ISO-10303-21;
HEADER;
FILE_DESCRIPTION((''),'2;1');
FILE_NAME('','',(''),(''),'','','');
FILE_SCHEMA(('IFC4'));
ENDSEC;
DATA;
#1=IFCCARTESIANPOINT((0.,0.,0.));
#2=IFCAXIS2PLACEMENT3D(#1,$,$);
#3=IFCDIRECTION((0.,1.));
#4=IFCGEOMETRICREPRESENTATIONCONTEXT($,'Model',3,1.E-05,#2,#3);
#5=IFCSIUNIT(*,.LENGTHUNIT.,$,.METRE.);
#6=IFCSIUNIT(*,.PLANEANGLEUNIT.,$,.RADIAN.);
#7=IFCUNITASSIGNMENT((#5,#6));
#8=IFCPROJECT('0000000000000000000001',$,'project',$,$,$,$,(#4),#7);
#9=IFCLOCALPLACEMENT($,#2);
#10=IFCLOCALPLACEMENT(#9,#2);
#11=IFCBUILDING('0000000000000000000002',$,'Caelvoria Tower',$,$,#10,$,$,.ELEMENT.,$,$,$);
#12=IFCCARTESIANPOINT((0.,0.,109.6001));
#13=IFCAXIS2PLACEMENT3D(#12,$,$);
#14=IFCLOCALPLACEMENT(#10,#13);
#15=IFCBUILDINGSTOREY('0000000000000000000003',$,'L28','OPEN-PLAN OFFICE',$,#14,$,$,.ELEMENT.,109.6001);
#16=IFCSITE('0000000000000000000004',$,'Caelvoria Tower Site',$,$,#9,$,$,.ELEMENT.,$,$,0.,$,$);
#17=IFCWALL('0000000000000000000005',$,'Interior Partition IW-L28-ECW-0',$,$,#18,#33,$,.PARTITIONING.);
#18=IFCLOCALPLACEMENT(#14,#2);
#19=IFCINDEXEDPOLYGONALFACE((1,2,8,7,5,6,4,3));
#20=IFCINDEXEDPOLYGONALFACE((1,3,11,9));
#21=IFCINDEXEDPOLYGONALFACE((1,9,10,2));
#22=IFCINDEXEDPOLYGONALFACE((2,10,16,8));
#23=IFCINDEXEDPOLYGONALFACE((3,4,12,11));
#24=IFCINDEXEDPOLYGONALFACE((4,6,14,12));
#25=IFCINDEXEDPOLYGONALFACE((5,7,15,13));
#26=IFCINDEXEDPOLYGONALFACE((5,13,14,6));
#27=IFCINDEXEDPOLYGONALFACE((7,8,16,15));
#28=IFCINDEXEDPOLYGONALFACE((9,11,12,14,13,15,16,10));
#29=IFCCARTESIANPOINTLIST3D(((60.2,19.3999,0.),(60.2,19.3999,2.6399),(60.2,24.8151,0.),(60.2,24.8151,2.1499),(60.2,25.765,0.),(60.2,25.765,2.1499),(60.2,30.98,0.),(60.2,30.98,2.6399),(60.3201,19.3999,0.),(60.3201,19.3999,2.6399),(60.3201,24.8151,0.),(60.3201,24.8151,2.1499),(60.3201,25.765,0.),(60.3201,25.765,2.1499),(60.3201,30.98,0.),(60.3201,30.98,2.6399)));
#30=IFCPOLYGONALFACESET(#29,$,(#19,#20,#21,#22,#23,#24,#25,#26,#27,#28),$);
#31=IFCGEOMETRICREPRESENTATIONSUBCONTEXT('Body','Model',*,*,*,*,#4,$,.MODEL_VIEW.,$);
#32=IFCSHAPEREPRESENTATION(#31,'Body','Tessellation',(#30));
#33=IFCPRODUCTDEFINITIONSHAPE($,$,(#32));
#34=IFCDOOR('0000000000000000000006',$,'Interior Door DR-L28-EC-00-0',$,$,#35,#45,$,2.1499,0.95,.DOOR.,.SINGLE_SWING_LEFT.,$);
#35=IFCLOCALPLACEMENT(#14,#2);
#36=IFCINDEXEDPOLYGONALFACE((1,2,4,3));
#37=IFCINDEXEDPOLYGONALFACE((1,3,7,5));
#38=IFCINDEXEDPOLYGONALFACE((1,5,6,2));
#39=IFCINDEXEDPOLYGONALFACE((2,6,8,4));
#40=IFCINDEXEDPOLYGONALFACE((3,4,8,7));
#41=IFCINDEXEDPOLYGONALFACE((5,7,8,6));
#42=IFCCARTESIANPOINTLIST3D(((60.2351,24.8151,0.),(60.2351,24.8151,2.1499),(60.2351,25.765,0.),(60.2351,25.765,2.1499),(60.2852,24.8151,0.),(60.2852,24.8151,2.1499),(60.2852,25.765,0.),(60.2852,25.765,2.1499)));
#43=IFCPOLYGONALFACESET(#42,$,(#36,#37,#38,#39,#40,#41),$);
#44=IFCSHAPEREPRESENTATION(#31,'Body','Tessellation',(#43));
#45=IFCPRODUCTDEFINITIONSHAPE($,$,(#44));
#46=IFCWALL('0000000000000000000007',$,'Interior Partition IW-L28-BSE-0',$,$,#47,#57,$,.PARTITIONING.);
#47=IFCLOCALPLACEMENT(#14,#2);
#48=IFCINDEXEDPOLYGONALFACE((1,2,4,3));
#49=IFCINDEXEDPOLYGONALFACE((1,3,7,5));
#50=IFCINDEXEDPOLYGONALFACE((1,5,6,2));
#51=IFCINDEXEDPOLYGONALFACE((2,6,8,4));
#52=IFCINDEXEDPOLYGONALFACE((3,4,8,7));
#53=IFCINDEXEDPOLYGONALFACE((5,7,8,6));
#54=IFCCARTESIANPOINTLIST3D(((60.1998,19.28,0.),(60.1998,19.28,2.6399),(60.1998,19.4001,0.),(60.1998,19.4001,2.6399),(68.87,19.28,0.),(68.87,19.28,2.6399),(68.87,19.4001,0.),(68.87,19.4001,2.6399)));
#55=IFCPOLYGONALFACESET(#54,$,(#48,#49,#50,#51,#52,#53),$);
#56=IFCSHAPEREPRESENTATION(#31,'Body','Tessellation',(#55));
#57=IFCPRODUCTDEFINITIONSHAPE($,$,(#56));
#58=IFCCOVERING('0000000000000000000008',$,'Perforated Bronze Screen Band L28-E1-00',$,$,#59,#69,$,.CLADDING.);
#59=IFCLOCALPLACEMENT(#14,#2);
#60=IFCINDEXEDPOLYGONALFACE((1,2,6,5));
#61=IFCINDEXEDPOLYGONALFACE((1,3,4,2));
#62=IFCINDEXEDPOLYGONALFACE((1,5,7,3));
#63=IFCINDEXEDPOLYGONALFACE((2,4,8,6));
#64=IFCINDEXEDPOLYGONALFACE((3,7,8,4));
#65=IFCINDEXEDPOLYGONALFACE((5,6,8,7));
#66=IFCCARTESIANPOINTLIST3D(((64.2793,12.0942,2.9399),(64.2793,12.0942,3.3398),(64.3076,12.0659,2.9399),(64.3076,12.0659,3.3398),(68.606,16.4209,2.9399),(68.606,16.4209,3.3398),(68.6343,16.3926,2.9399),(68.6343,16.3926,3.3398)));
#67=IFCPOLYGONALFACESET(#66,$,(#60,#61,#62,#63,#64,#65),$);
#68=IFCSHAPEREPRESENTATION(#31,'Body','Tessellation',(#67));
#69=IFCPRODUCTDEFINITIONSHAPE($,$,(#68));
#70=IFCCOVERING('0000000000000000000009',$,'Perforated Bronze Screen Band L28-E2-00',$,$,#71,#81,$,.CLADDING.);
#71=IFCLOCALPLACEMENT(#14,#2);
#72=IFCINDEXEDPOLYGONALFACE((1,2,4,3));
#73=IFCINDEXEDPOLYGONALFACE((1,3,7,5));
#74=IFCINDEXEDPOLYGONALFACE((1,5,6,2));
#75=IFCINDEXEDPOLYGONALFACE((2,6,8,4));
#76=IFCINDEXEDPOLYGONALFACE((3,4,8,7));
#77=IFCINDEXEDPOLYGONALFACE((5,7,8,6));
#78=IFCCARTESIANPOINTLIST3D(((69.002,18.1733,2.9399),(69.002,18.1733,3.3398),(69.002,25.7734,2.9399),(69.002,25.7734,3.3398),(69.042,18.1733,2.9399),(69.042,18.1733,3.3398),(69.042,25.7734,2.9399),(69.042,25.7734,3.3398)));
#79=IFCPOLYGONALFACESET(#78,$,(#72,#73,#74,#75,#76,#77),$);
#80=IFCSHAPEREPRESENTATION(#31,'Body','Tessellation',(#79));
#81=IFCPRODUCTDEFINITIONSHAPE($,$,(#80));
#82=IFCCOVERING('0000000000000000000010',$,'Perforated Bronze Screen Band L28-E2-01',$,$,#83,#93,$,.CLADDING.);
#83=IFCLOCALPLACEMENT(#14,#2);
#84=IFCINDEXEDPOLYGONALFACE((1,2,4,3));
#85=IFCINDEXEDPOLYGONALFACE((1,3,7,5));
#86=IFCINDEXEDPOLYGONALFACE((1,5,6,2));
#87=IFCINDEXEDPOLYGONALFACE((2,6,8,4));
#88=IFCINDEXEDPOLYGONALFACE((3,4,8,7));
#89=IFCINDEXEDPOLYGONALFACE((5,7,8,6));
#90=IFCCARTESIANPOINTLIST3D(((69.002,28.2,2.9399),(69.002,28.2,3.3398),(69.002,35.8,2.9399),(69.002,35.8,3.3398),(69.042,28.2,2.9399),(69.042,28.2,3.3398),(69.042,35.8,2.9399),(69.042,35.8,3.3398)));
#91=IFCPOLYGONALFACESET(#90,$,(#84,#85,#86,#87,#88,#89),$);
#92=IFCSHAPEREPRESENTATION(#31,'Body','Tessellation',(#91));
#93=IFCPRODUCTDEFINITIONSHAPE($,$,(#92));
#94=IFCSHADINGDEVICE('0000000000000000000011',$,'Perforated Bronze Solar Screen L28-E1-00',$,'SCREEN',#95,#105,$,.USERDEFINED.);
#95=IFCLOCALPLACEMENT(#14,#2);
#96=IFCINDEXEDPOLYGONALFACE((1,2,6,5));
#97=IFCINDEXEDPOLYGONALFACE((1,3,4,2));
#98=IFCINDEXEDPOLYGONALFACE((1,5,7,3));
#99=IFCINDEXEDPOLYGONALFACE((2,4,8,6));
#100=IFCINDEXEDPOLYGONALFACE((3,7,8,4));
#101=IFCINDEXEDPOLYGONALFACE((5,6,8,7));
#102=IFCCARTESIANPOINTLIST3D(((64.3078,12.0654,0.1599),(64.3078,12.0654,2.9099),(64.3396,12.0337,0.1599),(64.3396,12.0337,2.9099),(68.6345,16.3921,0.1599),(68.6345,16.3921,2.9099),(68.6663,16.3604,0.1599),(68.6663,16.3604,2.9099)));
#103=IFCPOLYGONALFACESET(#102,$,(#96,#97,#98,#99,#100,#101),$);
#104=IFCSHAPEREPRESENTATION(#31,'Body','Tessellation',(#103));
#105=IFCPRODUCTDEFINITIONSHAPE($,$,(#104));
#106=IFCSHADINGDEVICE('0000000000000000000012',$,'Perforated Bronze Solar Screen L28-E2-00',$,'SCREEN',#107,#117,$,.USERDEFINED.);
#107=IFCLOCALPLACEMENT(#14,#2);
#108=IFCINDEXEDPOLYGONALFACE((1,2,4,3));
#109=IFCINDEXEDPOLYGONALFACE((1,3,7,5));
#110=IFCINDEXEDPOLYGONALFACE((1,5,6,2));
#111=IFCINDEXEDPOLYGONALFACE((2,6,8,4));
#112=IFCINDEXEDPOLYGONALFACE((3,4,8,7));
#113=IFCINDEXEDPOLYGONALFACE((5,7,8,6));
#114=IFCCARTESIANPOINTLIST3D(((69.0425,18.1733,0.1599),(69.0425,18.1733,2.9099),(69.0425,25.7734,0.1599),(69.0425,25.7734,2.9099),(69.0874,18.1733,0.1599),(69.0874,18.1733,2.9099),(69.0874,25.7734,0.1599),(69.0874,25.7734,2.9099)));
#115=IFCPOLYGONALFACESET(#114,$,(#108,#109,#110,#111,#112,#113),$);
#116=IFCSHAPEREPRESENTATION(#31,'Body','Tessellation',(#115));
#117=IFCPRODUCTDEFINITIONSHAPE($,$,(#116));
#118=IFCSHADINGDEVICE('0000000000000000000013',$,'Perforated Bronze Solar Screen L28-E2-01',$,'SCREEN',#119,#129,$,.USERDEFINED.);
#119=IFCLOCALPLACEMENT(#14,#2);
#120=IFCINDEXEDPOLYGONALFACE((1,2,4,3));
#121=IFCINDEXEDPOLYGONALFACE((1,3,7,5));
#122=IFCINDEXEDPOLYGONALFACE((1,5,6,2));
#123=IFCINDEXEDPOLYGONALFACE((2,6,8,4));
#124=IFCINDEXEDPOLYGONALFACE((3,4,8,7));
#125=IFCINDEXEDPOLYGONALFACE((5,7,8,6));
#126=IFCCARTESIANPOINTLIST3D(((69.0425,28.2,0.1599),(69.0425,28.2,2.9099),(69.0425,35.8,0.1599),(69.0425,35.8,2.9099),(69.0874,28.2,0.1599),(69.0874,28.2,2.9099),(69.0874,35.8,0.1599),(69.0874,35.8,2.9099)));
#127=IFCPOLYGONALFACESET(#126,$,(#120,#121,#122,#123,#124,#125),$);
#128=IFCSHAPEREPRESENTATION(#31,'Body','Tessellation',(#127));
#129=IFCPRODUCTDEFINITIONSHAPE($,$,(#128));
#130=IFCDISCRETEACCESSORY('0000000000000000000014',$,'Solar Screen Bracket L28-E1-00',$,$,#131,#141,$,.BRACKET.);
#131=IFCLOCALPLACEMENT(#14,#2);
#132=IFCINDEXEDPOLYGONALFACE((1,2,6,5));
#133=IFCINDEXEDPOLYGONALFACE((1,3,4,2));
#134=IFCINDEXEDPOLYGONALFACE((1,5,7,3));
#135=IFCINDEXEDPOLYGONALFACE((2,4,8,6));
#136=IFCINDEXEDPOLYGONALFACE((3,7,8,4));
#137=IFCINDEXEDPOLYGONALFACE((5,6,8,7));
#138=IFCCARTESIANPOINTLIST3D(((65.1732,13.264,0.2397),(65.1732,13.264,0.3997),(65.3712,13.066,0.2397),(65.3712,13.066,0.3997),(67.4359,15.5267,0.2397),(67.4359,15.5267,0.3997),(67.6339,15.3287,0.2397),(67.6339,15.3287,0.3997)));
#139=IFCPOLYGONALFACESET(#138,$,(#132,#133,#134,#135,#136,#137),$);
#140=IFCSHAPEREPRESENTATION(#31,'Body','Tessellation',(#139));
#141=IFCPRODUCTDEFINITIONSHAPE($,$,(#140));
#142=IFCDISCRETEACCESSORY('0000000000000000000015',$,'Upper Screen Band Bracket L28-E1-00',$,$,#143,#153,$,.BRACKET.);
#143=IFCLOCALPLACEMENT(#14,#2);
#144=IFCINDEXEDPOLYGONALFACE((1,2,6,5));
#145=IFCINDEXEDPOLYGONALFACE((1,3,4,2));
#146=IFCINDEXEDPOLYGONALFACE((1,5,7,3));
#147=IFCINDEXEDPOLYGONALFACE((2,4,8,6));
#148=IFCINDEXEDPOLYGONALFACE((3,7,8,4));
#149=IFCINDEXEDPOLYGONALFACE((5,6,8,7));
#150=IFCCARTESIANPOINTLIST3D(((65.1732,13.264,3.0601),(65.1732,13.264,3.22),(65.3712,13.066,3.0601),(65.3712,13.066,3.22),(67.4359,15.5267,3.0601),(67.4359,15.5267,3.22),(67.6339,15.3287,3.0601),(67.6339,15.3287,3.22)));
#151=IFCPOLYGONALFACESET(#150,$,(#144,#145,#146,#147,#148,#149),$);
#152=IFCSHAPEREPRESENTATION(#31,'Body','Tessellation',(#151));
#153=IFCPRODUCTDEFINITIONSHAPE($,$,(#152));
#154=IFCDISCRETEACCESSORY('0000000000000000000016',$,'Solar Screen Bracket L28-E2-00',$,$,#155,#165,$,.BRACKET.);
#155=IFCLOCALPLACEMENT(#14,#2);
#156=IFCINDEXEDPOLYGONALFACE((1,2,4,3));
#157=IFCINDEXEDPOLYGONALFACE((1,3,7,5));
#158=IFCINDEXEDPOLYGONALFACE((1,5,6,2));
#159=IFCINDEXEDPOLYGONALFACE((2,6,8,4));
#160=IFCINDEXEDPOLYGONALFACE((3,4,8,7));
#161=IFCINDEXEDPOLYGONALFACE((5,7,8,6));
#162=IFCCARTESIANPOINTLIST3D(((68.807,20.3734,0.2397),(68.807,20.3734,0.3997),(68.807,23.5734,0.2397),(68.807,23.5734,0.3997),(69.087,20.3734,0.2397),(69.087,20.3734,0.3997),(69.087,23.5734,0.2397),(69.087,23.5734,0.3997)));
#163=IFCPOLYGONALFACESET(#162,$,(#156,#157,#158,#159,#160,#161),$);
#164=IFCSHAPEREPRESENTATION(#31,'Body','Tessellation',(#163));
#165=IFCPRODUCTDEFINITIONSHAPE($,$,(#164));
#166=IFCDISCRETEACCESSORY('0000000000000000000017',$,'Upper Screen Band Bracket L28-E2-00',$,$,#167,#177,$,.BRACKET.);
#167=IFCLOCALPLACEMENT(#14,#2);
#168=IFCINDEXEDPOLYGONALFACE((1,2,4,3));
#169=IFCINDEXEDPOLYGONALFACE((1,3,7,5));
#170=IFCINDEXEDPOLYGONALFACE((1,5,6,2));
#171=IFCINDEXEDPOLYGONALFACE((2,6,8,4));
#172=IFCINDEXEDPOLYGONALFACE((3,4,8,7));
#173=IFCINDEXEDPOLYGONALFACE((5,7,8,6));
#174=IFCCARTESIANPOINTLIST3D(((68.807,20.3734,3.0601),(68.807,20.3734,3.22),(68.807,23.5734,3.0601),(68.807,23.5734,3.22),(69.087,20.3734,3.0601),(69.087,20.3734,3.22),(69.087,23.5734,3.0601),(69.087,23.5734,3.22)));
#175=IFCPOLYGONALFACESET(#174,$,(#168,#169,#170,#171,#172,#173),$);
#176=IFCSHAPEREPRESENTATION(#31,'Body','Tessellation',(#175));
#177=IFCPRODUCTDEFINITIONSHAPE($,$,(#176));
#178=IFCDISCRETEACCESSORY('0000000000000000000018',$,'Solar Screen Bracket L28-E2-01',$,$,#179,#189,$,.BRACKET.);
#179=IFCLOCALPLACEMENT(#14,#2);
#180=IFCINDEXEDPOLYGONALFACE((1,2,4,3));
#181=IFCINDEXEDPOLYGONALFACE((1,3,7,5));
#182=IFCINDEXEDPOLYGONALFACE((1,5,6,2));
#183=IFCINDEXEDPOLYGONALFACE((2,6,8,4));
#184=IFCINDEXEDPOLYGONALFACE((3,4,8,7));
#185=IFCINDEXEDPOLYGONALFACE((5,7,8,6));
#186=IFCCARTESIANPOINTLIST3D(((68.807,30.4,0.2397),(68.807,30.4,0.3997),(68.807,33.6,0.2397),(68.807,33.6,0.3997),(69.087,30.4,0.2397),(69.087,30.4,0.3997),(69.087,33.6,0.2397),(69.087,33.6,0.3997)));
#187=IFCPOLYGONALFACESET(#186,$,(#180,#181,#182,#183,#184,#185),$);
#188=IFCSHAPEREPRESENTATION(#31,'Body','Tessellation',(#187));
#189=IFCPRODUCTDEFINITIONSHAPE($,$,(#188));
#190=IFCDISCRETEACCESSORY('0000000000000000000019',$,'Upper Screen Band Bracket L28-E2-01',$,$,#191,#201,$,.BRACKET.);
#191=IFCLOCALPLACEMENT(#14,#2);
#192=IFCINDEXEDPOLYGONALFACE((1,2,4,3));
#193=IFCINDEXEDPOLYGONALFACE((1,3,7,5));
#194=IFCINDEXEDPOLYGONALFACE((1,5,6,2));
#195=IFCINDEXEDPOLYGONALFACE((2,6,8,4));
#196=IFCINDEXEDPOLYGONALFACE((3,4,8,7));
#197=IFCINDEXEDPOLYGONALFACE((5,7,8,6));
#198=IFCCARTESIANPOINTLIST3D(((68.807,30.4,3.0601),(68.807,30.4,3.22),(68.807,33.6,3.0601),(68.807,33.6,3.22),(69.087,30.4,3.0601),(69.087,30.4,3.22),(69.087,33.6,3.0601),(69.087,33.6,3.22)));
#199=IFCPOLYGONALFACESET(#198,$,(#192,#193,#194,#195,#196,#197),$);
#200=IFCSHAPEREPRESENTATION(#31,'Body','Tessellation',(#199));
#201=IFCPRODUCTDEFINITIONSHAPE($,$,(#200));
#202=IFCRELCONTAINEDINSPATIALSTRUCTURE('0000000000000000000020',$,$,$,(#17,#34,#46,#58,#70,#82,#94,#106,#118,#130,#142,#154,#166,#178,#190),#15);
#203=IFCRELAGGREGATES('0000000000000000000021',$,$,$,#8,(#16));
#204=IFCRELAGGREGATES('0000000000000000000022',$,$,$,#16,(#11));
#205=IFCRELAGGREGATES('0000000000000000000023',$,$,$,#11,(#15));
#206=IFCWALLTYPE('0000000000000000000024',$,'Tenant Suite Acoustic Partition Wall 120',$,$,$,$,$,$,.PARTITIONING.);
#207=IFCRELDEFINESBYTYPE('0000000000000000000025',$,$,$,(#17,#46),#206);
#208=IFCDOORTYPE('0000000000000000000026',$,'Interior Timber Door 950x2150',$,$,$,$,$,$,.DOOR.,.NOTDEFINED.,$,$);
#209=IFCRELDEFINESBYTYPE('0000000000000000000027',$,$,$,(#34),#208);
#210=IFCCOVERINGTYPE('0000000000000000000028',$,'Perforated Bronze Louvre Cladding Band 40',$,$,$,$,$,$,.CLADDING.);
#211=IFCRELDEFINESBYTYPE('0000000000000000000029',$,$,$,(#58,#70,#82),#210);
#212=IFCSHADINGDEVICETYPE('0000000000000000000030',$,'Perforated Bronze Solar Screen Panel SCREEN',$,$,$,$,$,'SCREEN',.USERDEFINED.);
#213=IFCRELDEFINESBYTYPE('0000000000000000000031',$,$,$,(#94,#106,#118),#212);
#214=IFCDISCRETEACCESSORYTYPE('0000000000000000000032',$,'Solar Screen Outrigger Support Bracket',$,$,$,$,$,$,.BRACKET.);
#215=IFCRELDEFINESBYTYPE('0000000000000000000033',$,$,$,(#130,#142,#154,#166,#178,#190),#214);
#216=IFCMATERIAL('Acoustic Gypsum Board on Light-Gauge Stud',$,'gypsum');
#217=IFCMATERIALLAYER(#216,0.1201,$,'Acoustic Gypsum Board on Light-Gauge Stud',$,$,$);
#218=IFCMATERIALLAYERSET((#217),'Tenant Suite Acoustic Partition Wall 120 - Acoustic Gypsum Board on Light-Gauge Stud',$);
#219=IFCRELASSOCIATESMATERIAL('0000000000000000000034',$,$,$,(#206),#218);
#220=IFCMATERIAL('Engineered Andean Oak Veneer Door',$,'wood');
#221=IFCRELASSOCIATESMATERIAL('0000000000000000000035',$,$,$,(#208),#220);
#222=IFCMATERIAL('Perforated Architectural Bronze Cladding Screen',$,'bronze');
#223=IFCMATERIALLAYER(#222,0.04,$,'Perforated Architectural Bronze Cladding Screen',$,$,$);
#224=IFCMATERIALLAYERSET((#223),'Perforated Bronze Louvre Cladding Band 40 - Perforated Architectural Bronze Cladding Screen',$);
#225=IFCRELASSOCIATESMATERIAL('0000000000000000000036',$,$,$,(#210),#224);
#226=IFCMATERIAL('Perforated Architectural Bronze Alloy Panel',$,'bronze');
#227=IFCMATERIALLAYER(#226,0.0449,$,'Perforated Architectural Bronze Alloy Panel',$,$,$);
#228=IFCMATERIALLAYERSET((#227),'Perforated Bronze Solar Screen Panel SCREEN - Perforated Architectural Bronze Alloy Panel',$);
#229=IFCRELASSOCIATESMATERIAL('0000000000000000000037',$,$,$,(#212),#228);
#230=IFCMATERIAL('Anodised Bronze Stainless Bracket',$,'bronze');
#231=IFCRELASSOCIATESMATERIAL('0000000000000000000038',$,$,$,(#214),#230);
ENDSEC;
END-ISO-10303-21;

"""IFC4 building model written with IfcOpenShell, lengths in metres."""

from ifc_helpers import new_model, si_unit, direction, frame, frame_2d, origin, origin_2d, place, context, subcontext, project, spatial, rectangle, extrude, material, layer, layer_set, type_object, element, fill, save


model = new_model("IFC4")

# Units and contexts
model_context = context("Model", 3, precision=1e-05, world=origin(), true_north=direction((0.0, 1.0)))
body_context = subcontext(model_context, "Body", "Model", "MODEL_VIEW")
ifc_project = project(units=[si_unit("LENGTHUNIT", "METRE"), si_unit("PLANEANGLEUNIT", "RADIAN")], contexts=[model_context])

# Site, building, storey
site_placement = place(None, origin())
site = spatial("IfcSite", under=ifc_project, at=site_placement, Name="Caelvoria Tower Site", CompositionType="ELEMENT", RefElevation=0.0)
building_placement = place(site_placement, origin())
building = spatial("IfcBuilding", under=site, at=building_placement, Name="Caelvoria Tower", CompositionType="ELEMENT")
storey_placement = place(building_placement, frame((0.0, 0.0, 109.6001)))
storey = spatial("IfcBuildingStorey", under=building, at=storey_placement, Name="L28", Description="OPEN-PLAN OFFICE", CompositionType="ELEMENT", Elevation=109.6001)

# Wall, opening, door
ifc_material_1 = material(Name="Acoustic Gypsum Board on Light-Gauge Stud", Category="gypsum")
ifc_layer_1 = layer(ifc_material_1, 0.1201, Name="Acoustic Gypsum Board on Light-Gauge Stud")
ifc_layer_set_1 = layer_set([ifc_layer_1], Name="Tenant Suite Acoustic Partition Wall 120 - Acoustic Gypsum Board on Light-Gauge Stud")
wall_type_1 = type_object("IfcWallType", Name="Tenant Suite Acoustic Partition Wall 120", PredefinedType="PARTITIONING", material=ifc_layer_set_1)
wall_1_placement = place(storey_placement, frame((60.26, 19.3999, 0.0), z_axis=(0.0, 0.0, 1.0), x_axis=(0.0, 1.0, 0.0)))
wall_1 = element("IfcWall", 1, at=wall_1_placement, inside=storey, type_object=wall_type_1, Name="Interior Partition IW-L28-ECW-0", PredefinedType="PARTITIONING", context=body_context, shape_type="SweptSolid", body=[
    extrude(rectangle(XDim=11.5801, YDim=0.1201, at=frame_2d((5.79, 0.0))), origin(), (0.0, 0.0, 1.0), 2.6399),
])
opening_1_placement = place(wall_1_placement, frame((5.415, 0.0, 0.0)))
opening_1 = element("IfcOpeningElement", 2, at=opening_1_placement, cuts=wall_1, PredefinedType="OPENING", context=body_context, shape_type="SweptSolid", body=[
    extrude(rectangle(XDim=0.95, YDim=2.1499, at=frame_2d((0.4751, 1.075))), frame((0.0, 0.0701, 0.0), z_axis=(0.0, -1.0, 0.0), x_axis=(1.0, 0.0, 0.0)), (0.0, 0.0, 1.0), 0.1401),
])
ifc_material_2 = material(Name="Engineered Andean Oak Veneer Door", Category="wood")
door_type = type_object("IfcDoorType", Name="Interior Timber Door 950x2150", OperationType="NOTDEFINED", PredefinedType="DOOR", material=ifc_material_2)
door_placement = place(opening_1_placement, origin())
door = element("IfcDoor", 3, at=door_placement, inside=storey, type_object=door_type, Name="Interior Door DR-L28-EC-00-0", OperationType="SINGLE_SWING_LEFT", OverallHeight=2.1499, OverallWidth=0.95, PredefinedType="DOOR", context=body_context, shape_type="SweptSolid", body=[
    extrude(rectangle(XDim=0.95, YDim=2.1499, at=frame_2d((0.4751, 1.075))), frame((0.0, 0.0249, 0.0), z_axis=(0.0, -1.0, 0.0), x_axis=(1.0, 0.0, 0.0)), (0.0, 0.0, 1.0), 0.05),
])
fill(opening_1, door)

# Wall
wall_2_placement = place(storey_placement, frame((60.2, 19.3401, 0.0), z_axis=(0.0, 0.0, 1.0), x_axis=(1.0, 0.0, 0.0)))
element("IfcWall", 4, at=wall_2_placement, inside=storey, type_object=wall_type_1, Name="Interior Partition IW-L28-BSE-0", PredefinedType="PARTITIONING", context=body_context, shape_type="SweptSolid", body=[
    extrude(rectangle(XDim=8.6702, YDim=0.1201, at=frame_2d((4.335, 0.0))), origin(), (0.0, 0.0, 1.0), 2.6399),
])

# Coverings
ifc_material_3 = material(Name="Perforated Architectural Bronze Cladding Screen", Category="bronze")
ifc_layer_2 = layer(ifc_material_3, 0.04, Name="Perforated Architectural Bronze Cladding Screen")
ifc_layer_set_2 = layer_set([ifc_layer_2], Name="Perforated Bronze Louvre Cladding Band 40 - Perforated Architectural Bronze Cladding Screen")
covering_type = type_object("IfcCoveringType", Name="Perforated Bronze Louvre Cladding Band 40", PredefinedType="CLADDING", material=ifc_layer_set_2)
covering_placement = place(storey_placement, frame((66.4568, 14.2434, 2.9399), z_axis=(0.0, 0.0, 1.0), x_axis=(0.707107, 0.707107, 0.0)))
element("IfcCovering", 5, at=covering_placement, inside=storey, type_object=covering_type, Name="Perforated Bronze Screen Band L28-E1-00", PredefinedType="CLADDING", context=body_context, shape_type="SweptSolid", body=[
    extrude(rectangle(XDim=6.1189, YDim=0.04, at=origin_2d()), origin(), (0.0, 0.0, 1.0), 0.3999),
])
for number, where, z_axis, x_axis, name in (
    (6, (69.022, 21.9734, 2.9399), (0.0, 0.0, 1.0), (0.0, 1.0, 0.0), "Perforated Bronze Screen Band L28-E2-00"),
    (7, (69.022, 32.0, 2.9399), (0.0, 0.0, 1.0), (0.0, 1.0, 0.0), "Perforated Bronze Screen Band L28-E2-01"),
):
    element("IfcCovering", number, at=place(storey_placement, frame(where, z_axis=z_axis, x_axis=x_axis)), inside=storey, type_object=covering_type, Name=name, PredefinedType="CLADDING", context=body_context, shape_type="SweptSolid", body=[
        extrude(rectangle(XDim=7.6001, YDim=0.04, at=origin_2d()), origin(), (0.0, 0.0, 1.0), 0.3999),
    ])

# Shading devices
ifc_material_4 = material(Name="Perforated Architectural Bronze Alloy Panel", Category="bronze")
ifc_layer_3 = layer(ifc_material_4, 0.0449, Name="Perforated Architectural Bronze Alloy Panel")
ifc_layer_set_3 = layer_set([ifc_layer_3], Name="Perforated Bronze Solar Screen Panel SCREEN - Perforated Architectural Bronze Alloy Panel")
shading_device_type = type_object("IfcShadingDeviceType", Name="Perforated Bronze Solar Screen Panel SCREEN", ElementType="SCREEN", PredefinedType="USERDEFINED", material=ifc_layer_set_3)
shading_device_placement = place(storey_placement, frame((66.4871, 14.2129, 0.1599), z_axis=(0.0, 0.0, 1.0), x_axis=(0.707107, 0.707107, 0.0)))
element("IfcShadingDevice", 8, at=shading_device_placement, inside=storey, type_object=shading_device_type, Name="Perforated Bronze Solar Screen L28-E1-00", ObjectType="SCREEN", PredefinedType="USERDEFINED", context=body_context, shape_type="SweptSolid", body=[
    extrude(rectangle(XDim=6.1189, YDim=0.0449, at=origin_2d()), origin(), (0.0, 0.0, 1.0), 2.75),
])
for number, where, z_axis, x_axis, name in (
    (9, (69.0649, 21.9734, 0.1599), (0.0, 0.0, 1.0), (0.0, 1.0, 0.0), "Perforated Bronze Solar Screen L28-E2-00"),
    (10, (69.0649, 32.0, 0.1599), (0.0, 0.0, 1.0), (0.0, 1.0, 0.0), "Perforated Bronze Solar Screen L28-E2-01"),
):
    element("IfcShadingDevice", number, at=place(storey_placement, frame(where, z_axis=z_axis, x_axis=x_axis)), inside=storey, type_object=shading_device_type, Name=name, ObjectType="SCREEN", PredefinedType="USERDEFINED", context=body_context, shape_type="SweptSolid", body=[
        extrude(rectangle(XDim=7.6001, YDim=0.0449, at=origin_2d()), origin(), (0.0, 0.0, 1.0), 2.75),
    ])

# Discrete accessories
ifc_material_5 = material(Name="Anodised Bronze Stainless Bracket", Category="bronze")
discrete_accessory_type = type_object("IfcDiscreteAccessoryType", Name="Solar Screen Outrigger Support Bracket", PredefinedType="BRACKET", material=ifc_material_5)
for number, where, z_axis, x_axis, name in (
    (11, (66.4036, 14.2964, 0.2397), (0.0, 0.0, 1.0), (0.707107, 0.707107, 0.0), "Solar Screen Bracket L28-E1-00"),
    (12, (66.4036, 14.2964, 3.0601), (0.0, 0.0, 1.0), (0.707107, 0.707107, 0.0), "Upper Screen Band Bracket L28-E1-00"),
    (13, (68.947, 21.9734, 0.2397), (0.0, 0.0, 1.0), (0.0, 1.0, 0.0), "Solar Screen Bracket L28-E2-00"),
    (14, (68.947, 21.9734, 3.0601), (0.0, 0.0, 1.0), (0.0, 1.0, 0.0), "Upper Screen Band Bracket L28-E2-00"),
    (15, (68.947, 32.0, 0.2397), (0.0, 0.0, 1.0), (0.0, 1.0, 0.0), "Solar Screen Bracket L28-E2-01"),
    (16, (68.947, 32.0, 3.0601), (0.0, 0.0, 1.0), (0.0, 1.0, 0.0), "Upper Screen Band Bracket L28-E2-01"),
):
    element("IfcDiscreteAccessory", number, at=place(storey_placement, frame(where, z_axis=z_axis, x_axis=x_axis)), inside=storey, type_object=discrete_accessory_type, Name=name, PredefinedType="BRACKET", context=body_context, shape_type="SweptSolid", body=[
        extrude(rectangle(XDim=3.2, YDim=0.28, at=origin_2d()), origin(), (0.0, 0.0, 1.0), 0.1599),
    ])

save(model, "model.ifc")
